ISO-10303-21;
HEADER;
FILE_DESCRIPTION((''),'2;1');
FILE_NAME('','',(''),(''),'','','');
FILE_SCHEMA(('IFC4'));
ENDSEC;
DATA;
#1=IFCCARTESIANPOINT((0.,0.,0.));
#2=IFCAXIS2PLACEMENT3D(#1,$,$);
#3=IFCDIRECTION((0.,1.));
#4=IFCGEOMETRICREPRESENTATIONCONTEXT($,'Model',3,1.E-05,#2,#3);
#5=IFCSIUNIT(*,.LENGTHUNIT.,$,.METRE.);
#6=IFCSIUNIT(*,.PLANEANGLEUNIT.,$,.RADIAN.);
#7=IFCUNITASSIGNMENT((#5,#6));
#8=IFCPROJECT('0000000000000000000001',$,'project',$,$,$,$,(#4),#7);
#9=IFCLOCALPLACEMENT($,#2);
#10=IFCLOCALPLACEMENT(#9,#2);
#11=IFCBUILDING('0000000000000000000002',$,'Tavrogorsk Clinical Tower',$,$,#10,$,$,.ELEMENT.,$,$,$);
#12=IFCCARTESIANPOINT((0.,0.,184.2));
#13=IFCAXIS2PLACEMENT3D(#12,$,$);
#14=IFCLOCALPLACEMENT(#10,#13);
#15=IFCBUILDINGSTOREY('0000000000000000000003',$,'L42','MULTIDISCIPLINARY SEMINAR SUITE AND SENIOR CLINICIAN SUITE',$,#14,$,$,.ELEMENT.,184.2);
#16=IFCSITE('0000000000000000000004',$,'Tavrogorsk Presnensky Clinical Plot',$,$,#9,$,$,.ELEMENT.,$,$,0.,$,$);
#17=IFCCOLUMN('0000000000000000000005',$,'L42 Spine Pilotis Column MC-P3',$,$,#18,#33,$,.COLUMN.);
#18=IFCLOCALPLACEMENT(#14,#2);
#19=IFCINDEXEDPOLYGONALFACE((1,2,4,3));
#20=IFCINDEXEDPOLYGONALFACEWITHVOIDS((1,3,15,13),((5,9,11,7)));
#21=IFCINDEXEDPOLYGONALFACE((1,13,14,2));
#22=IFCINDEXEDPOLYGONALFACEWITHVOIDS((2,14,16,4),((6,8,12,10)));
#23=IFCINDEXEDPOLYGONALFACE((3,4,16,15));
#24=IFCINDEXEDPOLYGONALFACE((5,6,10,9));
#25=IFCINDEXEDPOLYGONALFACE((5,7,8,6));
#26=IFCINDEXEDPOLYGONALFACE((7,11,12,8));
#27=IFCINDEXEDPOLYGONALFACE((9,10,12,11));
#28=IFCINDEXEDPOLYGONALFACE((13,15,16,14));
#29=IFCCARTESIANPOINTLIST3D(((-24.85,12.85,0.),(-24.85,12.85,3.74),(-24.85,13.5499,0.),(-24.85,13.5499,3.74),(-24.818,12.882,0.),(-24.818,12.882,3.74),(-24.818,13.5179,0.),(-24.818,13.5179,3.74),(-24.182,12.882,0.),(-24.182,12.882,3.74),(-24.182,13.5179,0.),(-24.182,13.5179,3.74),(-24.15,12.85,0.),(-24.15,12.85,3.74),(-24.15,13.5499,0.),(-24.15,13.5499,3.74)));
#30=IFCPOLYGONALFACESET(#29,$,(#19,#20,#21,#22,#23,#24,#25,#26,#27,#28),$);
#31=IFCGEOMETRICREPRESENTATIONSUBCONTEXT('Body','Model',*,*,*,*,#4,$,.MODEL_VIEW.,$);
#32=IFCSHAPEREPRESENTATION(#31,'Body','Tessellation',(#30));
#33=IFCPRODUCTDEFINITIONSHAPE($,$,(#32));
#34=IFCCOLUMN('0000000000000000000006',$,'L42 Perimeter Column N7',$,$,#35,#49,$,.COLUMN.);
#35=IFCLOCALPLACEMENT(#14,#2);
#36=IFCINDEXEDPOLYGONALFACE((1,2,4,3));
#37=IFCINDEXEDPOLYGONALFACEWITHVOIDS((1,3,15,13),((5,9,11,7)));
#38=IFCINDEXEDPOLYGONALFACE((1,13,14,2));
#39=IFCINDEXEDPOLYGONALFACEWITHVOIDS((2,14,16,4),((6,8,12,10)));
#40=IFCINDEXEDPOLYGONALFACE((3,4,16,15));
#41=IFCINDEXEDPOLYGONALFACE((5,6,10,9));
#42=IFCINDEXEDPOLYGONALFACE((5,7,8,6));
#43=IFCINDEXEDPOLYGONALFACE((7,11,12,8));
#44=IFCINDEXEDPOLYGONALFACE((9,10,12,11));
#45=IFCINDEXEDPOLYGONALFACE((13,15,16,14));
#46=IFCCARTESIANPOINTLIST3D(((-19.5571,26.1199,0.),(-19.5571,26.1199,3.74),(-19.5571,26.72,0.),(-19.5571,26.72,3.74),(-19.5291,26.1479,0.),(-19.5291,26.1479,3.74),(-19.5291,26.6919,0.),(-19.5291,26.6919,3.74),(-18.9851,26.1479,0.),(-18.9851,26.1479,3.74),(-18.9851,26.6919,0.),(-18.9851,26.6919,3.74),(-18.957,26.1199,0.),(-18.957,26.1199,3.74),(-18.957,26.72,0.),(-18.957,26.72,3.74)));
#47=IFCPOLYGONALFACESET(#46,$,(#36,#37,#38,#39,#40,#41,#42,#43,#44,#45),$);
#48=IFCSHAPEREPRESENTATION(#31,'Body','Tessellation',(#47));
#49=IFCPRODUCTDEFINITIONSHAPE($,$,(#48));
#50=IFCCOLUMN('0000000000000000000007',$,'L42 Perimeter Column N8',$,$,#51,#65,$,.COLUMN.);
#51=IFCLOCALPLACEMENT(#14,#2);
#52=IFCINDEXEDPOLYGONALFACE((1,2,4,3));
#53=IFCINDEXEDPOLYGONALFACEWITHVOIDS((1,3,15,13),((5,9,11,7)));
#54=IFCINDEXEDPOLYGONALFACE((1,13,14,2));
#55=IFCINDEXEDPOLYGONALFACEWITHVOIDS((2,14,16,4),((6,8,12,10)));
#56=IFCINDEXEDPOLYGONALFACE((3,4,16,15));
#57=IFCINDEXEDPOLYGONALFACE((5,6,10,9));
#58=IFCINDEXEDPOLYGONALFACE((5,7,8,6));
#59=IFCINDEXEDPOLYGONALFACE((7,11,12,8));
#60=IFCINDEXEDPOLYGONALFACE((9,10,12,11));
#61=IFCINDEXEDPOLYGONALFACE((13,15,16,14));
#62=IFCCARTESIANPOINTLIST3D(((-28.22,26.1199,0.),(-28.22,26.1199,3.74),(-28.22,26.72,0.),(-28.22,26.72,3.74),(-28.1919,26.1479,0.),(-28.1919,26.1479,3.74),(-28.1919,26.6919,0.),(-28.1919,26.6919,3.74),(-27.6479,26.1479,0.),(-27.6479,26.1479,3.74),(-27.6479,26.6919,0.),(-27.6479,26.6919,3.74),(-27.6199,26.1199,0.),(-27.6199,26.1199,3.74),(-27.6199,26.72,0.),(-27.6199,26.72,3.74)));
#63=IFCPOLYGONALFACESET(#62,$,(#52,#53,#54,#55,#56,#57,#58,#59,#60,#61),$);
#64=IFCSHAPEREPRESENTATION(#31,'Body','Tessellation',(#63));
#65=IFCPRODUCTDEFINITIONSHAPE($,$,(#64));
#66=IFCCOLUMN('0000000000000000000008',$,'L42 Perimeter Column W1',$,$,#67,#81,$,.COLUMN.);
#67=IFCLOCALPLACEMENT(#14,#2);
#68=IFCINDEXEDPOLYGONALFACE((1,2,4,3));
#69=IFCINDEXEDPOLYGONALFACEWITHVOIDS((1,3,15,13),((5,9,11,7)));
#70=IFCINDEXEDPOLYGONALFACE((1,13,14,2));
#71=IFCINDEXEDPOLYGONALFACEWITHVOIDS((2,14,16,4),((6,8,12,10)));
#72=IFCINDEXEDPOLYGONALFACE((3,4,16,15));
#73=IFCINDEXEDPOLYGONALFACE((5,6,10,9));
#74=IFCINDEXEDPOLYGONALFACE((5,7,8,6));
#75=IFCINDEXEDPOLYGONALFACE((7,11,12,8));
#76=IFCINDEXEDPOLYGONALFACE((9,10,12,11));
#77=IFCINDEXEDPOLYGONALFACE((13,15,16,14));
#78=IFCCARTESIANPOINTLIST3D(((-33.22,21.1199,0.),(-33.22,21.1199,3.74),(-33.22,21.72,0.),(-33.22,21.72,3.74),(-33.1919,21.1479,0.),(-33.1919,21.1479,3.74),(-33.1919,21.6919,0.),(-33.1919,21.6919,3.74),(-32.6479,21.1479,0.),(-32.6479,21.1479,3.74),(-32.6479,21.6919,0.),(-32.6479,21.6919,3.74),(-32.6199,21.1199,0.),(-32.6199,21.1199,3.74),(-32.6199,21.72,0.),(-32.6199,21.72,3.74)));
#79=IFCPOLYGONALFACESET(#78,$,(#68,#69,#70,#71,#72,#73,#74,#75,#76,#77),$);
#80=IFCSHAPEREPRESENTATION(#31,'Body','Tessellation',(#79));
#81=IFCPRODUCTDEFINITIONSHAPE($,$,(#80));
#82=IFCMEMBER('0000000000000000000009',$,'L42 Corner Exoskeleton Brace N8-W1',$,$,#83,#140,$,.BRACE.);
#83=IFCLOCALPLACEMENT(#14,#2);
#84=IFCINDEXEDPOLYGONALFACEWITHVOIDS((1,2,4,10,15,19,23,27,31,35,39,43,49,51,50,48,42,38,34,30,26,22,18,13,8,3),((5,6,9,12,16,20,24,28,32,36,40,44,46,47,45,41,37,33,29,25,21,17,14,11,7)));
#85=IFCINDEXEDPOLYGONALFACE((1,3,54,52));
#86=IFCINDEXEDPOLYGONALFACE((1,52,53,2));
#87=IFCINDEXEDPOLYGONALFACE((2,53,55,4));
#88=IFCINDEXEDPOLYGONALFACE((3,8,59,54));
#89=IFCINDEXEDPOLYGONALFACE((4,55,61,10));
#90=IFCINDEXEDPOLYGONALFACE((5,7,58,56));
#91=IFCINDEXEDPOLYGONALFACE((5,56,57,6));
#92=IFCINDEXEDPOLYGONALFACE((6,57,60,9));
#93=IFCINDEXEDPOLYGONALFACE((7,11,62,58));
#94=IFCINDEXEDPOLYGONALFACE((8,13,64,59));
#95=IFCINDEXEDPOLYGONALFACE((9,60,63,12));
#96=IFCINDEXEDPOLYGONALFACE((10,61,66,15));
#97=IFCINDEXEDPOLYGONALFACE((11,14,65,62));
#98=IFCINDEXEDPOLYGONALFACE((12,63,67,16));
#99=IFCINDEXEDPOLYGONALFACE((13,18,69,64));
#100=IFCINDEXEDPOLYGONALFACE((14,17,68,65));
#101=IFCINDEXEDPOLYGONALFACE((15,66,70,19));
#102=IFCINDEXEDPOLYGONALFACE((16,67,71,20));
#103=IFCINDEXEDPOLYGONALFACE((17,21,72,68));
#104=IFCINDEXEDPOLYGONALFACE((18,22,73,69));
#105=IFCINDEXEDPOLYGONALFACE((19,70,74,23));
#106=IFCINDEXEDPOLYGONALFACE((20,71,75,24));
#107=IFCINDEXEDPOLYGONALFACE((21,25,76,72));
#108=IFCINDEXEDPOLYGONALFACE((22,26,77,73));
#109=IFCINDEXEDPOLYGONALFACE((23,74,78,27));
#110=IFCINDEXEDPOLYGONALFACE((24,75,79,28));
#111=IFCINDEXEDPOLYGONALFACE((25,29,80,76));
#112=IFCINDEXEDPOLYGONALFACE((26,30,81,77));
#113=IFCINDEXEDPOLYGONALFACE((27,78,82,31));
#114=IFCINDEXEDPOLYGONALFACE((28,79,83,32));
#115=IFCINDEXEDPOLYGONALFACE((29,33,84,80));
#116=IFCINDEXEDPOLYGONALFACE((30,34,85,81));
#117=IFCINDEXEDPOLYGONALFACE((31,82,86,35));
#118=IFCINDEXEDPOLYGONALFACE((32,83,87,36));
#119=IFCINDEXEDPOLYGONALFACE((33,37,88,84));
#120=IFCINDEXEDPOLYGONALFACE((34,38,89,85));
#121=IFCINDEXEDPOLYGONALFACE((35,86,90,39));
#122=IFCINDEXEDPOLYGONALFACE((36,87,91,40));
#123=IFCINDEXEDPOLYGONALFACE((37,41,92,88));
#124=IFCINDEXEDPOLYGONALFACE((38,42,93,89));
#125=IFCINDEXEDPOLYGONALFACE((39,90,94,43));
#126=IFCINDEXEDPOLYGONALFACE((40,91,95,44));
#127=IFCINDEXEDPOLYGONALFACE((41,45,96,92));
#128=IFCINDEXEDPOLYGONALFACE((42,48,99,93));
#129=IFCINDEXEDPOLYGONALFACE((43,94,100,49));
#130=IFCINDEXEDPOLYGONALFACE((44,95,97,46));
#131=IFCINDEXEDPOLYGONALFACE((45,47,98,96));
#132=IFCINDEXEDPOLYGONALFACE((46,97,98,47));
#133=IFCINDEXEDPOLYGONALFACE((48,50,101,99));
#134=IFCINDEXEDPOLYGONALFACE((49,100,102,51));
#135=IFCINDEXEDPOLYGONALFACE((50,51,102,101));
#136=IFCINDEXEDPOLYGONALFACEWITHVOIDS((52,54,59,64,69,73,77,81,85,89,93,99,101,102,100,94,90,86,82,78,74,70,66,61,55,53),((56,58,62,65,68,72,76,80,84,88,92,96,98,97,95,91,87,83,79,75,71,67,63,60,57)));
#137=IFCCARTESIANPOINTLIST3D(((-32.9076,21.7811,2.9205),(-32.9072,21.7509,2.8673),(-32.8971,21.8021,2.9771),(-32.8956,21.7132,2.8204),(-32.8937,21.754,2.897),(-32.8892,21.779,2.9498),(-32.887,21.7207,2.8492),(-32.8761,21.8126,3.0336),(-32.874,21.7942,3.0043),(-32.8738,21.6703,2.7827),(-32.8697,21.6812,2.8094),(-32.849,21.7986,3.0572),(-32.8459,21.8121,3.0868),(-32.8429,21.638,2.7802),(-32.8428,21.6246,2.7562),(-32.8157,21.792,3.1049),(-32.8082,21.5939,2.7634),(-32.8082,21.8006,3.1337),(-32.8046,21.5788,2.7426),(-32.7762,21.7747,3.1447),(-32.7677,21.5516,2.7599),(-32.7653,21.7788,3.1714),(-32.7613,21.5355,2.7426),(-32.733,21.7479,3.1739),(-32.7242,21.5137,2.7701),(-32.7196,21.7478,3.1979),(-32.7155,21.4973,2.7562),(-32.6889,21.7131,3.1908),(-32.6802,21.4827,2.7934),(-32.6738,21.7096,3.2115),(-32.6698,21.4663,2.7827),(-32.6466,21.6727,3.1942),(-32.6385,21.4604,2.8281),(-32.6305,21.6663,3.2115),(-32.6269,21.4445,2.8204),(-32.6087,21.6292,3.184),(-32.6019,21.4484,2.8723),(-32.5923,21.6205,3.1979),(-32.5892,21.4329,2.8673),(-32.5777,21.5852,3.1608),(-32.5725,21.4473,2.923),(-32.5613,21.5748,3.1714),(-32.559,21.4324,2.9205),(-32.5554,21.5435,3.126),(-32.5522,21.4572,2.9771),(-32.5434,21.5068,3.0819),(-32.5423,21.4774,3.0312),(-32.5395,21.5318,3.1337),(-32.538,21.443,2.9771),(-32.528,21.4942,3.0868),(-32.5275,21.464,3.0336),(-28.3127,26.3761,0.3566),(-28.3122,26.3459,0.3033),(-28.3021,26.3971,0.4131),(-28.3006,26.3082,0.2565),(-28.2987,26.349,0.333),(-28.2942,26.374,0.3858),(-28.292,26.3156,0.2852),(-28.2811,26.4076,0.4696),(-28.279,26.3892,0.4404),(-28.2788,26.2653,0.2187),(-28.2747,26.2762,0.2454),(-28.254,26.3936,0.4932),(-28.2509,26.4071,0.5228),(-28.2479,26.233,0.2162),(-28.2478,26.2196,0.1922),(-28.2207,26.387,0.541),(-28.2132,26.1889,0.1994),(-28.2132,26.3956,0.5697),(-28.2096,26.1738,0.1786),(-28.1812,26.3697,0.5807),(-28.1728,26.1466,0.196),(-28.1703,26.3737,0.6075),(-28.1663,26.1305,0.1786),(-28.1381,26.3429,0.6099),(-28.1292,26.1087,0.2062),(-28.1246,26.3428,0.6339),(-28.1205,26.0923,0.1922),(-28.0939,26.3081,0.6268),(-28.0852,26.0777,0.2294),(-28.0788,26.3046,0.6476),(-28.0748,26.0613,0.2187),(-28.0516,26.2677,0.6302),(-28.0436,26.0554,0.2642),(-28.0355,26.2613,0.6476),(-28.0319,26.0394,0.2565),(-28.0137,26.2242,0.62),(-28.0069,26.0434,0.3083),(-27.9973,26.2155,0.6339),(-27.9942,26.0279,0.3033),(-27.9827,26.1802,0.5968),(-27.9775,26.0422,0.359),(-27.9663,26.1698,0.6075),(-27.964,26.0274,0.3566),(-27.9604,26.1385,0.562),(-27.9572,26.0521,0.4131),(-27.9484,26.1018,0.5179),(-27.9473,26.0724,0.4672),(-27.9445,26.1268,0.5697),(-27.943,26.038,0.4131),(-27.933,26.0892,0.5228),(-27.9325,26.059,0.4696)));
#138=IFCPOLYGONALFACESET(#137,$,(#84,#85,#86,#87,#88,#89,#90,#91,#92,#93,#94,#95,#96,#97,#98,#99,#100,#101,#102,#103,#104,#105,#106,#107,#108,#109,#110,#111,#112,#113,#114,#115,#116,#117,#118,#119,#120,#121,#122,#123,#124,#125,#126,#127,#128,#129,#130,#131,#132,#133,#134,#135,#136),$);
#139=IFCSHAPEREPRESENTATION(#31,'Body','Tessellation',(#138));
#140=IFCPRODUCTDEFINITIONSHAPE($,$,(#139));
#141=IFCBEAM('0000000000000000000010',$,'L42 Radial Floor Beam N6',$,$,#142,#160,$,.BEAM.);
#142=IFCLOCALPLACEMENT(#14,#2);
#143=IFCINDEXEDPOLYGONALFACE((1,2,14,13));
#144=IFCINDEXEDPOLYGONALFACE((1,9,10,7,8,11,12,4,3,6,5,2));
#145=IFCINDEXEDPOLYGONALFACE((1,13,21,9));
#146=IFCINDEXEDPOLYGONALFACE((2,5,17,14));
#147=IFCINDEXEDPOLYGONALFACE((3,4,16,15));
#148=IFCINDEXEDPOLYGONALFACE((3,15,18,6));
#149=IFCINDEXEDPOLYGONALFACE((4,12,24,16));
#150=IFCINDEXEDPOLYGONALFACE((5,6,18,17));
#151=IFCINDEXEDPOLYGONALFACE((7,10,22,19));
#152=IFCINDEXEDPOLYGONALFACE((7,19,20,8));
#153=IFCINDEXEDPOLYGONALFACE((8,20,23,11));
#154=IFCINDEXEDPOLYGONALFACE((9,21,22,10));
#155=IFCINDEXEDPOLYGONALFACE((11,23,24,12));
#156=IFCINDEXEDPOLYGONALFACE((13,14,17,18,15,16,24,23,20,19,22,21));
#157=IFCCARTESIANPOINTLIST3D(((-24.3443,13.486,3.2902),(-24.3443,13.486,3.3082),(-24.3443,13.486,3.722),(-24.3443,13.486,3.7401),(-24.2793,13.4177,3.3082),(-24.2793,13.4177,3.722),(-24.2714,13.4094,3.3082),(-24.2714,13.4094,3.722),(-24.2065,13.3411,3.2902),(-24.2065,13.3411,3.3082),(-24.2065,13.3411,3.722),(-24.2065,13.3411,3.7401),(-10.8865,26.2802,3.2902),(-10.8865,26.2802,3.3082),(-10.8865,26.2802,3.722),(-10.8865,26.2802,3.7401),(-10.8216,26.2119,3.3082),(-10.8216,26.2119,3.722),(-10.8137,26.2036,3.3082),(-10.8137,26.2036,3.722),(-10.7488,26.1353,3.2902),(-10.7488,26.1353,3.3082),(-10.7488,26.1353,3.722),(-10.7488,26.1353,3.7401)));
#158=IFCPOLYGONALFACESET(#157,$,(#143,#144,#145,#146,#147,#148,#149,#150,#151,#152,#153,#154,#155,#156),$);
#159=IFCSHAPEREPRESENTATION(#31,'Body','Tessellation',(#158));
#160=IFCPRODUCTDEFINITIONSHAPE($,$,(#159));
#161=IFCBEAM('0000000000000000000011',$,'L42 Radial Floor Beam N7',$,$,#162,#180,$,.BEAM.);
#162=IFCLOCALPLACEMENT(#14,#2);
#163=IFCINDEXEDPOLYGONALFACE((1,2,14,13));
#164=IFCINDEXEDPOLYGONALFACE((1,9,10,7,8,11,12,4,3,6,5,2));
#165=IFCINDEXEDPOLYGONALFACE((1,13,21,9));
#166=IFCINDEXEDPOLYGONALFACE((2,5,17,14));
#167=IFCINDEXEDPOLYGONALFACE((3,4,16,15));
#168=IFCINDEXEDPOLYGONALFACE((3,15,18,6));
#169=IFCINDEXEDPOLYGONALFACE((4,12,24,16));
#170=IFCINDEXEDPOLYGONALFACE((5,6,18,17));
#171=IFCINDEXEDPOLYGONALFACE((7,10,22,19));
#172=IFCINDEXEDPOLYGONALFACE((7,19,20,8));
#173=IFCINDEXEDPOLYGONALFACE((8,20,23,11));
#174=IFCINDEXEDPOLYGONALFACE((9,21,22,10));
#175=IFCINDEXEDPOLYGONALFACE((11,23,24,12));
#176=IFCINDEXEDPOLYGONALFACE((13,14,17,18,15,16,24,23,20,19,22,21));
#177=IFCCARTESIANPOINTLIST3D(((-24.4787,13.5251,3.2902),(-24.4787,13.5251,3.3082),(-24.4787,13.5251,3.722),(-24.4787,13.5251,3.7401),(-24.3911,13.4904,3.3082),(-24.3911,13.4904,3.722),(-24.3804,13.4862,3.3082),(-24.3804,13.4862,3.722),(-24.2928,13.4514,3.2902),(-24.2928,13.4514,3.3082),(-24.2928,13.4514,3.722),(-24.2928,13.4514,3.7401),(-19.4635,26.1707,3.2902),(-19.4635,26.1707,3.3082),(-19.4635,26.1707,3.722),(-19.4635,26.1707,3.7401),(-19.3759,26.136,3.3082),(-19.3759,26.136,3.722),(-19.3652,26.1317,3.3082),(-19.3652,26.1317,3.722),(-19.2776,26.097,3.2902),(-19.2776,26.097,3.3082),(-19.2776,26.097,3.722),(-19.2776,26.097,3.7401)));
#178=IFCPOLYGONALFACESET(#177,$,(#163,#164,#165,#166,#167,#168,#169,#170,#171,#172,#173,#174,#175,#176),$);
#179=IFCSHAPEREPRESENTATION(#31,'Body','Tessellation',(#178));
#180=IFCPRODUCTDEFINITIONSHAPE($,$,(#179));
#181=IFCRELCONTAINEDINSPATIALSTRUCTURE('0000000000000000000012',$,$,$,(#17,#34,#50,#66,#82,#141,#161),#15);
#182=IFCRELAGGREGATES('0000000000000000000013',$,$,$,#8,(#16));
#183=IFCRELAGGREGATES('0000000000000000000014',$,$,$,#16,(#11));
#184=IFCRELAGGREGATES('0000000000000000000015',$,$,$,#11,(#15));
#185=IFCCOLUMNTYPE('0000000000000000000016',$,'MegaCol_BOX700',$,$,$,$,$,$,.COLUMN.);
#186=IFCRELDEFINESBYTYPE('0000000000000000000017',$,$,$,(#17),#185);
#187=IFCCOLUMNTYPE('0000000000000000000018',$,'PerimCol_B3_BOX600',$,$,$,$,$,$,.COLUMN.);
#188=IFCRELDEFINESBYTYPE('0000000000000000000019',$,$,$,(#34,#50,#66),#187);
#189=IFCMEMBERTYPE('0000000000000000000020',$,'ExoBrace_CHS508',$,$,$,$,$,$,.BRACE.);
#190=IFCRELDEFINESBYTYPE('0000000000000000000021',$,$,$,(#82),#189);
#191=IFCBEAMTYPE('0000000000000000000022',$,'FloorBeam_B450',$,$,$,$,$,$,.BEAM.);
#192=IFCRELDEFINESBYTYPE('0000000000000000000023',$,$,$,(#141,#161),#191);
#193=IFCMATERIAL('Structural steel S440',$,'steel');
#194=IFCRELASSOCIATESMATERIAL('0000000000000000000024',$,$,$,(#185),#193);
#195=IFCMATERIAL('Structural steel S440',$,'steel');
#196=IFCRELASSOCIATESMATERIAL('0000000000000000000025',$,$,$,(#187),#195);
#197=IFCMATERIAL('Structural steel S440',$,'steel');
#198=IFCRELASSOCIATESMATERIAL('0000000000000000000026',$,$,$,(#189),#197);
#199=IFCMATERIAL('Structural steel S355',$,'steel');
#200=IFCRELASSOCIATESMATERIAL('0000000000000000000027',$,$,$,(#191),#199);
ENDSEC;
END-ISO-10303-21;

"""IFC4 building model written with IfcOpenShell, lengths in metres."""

from ifc_helpers import new_model, si_unit, direction, frame, origin, origin_2d, place, context, subcontext, project, spatial, hollow_rectangle, hollow_circle, i_section, extrude, material, material_profile, profile_set, type_object, element, save


model = new_model("IFC4")

# Units and contexts
model_context = context("Model", 3, precision=1e-05, world=origin(), true_north=direction((0.0, 1.0)))
body_context = subcontext(model_context, "Body", "Model", "MODEL_VIEW")
ifc_project = project(units=[si_unit("LENGTHUNIT", "METRE"), si_unit("PLANEANGLEUNIT", "RADIAN")], contexts=[model_context])

# Site, building, storey
site_placement = place(None, origin())
site = spatial("IfcSite", under=ifc_project, at=site_placement, Name="Tavrogorsk Presnensky Clinical Plot", CompositionType="ELEMENT", RefElevation=0.0)
building_placement = place(site_placement, origin())
building = spatial("IfcBuilding", under=site, at=building_placement, Name="Tavrogorsk Clinical Tower", CompositionType="ELEMENT")
storey_placement = place(building_placement, frame((0.0, 0.0, 184.2)))
storey = spatial("IfcBuildingStorey", under=building, at=storey_placement, Name="L42", Description="MULTIDISCIPLINARY SEMINAR SUITE AND SENIOR CLINICIAN SUITE", CompositionType="ELEMENT", Elevation=184.2)

# Columns
ifc_material_1 = material(Name="Structural steel S440", Category="steel")
ifc_material_profile_1 = material_profile(ifc_material_1, hollow_rectangle(XDim=0.7, YDim=0.7, WallThickness=0.032, at=origin_2d()), Name="BOX-700x700x32")
ifc_profile_set_1 = profile_set([ifc_material_profile_1], Name="Structural steel S440")
column_type_1 = type_object("IfcColumnType", Name="MegaCol_BOX700", PredefinedType="COLUMN", material=ifc_profile_set_1)
column_placement = place(storey_placement, frame((-24.5, 13.2, 0.0), z_axis=(0.0, 0.0, 1.0), x_axis=(1.0, 0.0, 0.0)))
element("IfcColumn", 1, at=column_placement, inside=storey, type_object=column_type_1, Name="L42 Spine Pilotis Column MC-P3", PredefinedType="COLUMN", context=body_context, shape_type="SweptSolid", body=[
    extrude(hollow_rectangle(XDim=0.7, YDim=0.7, WallThickness=0.032, at=origin_2d()), origin(), (0.0, 0.0, 1.0), 3.74),
])
ifc_material_2 = material(Name="Structural steel S440", Category="steel")
ifc_material_profile_2 = material_profile(ifc_material_2, hollow_rectangle(XDim=0.6001, YDim=0.6001, WallThickness=0.0281, at=origin_2d()), Name="BOX-600x600x28")
ifc_profile_set_2 = profile_set([ifc_material_profile_2], Name="Structural steel S440")
column_type_2 = type_object("IfcColumnType", Name="PerimCol_B3_BOX600", PredefinedType="COLUMN", material=ifc_profile_set_2)
for number, where, z_axis, x_axis, name in (
    (2, (-19.2571, 26.4199, 0.0), (0.0, 0.0, 1.0), (1.0, 0.0, 0.0), "L42 Perimeter Column N7"),
    (3, (-27.9199, 26.4199, 0.0), (0.0, 0.0, 1.0), (1.0, 0.0, 0.0), "L42 Perimeter Column N8"),
    (4, (-32.9199, 21.4199, 0.0), (0.0, 0.0, 1.0), (1.0, 0.0, 0.0), "L42 Perimeter Column W1"),
):
    element("IfcColumn", number, at=place(storey_placement, frame(where, z_axis=z_axis, x_axis=x_axis)), inside=storey, type_object=column_type_2, Name=name, PredefinedType="COLUMN", context=body_context, shape_type="SweptSolid", body=[
        extrude(hollow_rectangle(XDim=0.6001, YDim=0.6001, WallThickness=0.0281, at=origin_2d()), origin(), (0.0, 0.0, 1.0), 3.74),
    ])

# Member
ifc_material_3 = material(Name="Structural steel S440", Category="steel")
ifc_material_profile_3 = material_profile(ifc_material_3, hollow_circle(Radius=0.2539, WallThickness=0.02, at=origin_2d()), Name="CHS-508x20")
ifc_profile_set_3 = profile_set([ifc_material_profile_3], Name="Structural steel S440")
member_type = type_object("IfcMemberType", Name="ExoBrace_CHS508", PredefinedType="BRACE", material=ifc_profile_set_3)
member_placement = place(storey_placement, frame((-28.1226, 26.2175, 0.4131), z_axis=(-0.657759, -0.657759, 0.367025), x_axis=(0.707107, -0.707107, 0.0)))
element("IfcMember", 5, at=member_placement, inside=storey, type_object=member_type, Name="L42 Corner Exoskeleton Brace N8-W1", PredefinedType="BRACE", context=body_context, shape_type="SweptSolid", body=[
    extrude(hollow_circle(Radius=0.2539, WallThickness=0.02, at=origin_2d()), origin(), (0.0, 0.0, 1.0), 6.9858),
])

# Beams
ifc_material_4 = material(Name="Structural steel S355", Category="steel")
ifc_material_profile_4 = material_profile(ifc_material_4, i_section(OverallWidth=0.2, OverallDepth=0.45, WebThickness=0.0115, FlangeThickness=0.0181, at=origin_2d()), Name="B-450x200x11.5x18")
ifc_profile_set_4 = profile_set([ifc_material_profile_4], Name="Structural steel S355")
beam_type_1 = type_object("IfcBeamType", Name="FloorBeam_B450", PredefinedType="BEAM", material=ifc_profile_set_4)
beam_1_placement = place(storey_placement, frame((-24.2754, 13.4136, 3.5151), z_axis=(0.724749, 0.689013, 0.0), x_axis=(-0.689013, 0.724749, 0.0)))
element("IfcBeam", 6, at=beam_1_placement, inside=storey, type_object=beam_type_1, Name="L42 Radial Floor Beam N6", PredefinedType="BEAM", context=body_context, shape_type="SweptSolid", body=[
    extrude(i_section(OverallWidth=0.2, OverallDepth=0.45, WebThickness=0.0115, FlangeThickness=0.0181, at=origin_2d()), origin(), (0.0, 0.0, 1.0), 18.5688),
])
beam_2_placement = place(storey_placement, frame((-24.3857, 13.4883, 3.5151), z_axis=(0.36866, 0.929564, 0.0), x_axis=(-0.929564, 0.36866, 0.0)))
element("IfcBeam", 7, at=beam_2_placement, inside=storey, type_object=beam_type_1, Name="L42 Radial Floor Beam N7", PredefinedType="BEAM", context=body_context, shape_type="SweptSolid", body=[
    extrude(i_section(OverallWidth=0.2, OverallDepth=0.45, WebThickness=0.0115, FlangeThickness=0.0181, at=origin_2d()), origin(), (0.0, 0.0, 1.0), 13.6038),
])

save(model, "model.ifc")
